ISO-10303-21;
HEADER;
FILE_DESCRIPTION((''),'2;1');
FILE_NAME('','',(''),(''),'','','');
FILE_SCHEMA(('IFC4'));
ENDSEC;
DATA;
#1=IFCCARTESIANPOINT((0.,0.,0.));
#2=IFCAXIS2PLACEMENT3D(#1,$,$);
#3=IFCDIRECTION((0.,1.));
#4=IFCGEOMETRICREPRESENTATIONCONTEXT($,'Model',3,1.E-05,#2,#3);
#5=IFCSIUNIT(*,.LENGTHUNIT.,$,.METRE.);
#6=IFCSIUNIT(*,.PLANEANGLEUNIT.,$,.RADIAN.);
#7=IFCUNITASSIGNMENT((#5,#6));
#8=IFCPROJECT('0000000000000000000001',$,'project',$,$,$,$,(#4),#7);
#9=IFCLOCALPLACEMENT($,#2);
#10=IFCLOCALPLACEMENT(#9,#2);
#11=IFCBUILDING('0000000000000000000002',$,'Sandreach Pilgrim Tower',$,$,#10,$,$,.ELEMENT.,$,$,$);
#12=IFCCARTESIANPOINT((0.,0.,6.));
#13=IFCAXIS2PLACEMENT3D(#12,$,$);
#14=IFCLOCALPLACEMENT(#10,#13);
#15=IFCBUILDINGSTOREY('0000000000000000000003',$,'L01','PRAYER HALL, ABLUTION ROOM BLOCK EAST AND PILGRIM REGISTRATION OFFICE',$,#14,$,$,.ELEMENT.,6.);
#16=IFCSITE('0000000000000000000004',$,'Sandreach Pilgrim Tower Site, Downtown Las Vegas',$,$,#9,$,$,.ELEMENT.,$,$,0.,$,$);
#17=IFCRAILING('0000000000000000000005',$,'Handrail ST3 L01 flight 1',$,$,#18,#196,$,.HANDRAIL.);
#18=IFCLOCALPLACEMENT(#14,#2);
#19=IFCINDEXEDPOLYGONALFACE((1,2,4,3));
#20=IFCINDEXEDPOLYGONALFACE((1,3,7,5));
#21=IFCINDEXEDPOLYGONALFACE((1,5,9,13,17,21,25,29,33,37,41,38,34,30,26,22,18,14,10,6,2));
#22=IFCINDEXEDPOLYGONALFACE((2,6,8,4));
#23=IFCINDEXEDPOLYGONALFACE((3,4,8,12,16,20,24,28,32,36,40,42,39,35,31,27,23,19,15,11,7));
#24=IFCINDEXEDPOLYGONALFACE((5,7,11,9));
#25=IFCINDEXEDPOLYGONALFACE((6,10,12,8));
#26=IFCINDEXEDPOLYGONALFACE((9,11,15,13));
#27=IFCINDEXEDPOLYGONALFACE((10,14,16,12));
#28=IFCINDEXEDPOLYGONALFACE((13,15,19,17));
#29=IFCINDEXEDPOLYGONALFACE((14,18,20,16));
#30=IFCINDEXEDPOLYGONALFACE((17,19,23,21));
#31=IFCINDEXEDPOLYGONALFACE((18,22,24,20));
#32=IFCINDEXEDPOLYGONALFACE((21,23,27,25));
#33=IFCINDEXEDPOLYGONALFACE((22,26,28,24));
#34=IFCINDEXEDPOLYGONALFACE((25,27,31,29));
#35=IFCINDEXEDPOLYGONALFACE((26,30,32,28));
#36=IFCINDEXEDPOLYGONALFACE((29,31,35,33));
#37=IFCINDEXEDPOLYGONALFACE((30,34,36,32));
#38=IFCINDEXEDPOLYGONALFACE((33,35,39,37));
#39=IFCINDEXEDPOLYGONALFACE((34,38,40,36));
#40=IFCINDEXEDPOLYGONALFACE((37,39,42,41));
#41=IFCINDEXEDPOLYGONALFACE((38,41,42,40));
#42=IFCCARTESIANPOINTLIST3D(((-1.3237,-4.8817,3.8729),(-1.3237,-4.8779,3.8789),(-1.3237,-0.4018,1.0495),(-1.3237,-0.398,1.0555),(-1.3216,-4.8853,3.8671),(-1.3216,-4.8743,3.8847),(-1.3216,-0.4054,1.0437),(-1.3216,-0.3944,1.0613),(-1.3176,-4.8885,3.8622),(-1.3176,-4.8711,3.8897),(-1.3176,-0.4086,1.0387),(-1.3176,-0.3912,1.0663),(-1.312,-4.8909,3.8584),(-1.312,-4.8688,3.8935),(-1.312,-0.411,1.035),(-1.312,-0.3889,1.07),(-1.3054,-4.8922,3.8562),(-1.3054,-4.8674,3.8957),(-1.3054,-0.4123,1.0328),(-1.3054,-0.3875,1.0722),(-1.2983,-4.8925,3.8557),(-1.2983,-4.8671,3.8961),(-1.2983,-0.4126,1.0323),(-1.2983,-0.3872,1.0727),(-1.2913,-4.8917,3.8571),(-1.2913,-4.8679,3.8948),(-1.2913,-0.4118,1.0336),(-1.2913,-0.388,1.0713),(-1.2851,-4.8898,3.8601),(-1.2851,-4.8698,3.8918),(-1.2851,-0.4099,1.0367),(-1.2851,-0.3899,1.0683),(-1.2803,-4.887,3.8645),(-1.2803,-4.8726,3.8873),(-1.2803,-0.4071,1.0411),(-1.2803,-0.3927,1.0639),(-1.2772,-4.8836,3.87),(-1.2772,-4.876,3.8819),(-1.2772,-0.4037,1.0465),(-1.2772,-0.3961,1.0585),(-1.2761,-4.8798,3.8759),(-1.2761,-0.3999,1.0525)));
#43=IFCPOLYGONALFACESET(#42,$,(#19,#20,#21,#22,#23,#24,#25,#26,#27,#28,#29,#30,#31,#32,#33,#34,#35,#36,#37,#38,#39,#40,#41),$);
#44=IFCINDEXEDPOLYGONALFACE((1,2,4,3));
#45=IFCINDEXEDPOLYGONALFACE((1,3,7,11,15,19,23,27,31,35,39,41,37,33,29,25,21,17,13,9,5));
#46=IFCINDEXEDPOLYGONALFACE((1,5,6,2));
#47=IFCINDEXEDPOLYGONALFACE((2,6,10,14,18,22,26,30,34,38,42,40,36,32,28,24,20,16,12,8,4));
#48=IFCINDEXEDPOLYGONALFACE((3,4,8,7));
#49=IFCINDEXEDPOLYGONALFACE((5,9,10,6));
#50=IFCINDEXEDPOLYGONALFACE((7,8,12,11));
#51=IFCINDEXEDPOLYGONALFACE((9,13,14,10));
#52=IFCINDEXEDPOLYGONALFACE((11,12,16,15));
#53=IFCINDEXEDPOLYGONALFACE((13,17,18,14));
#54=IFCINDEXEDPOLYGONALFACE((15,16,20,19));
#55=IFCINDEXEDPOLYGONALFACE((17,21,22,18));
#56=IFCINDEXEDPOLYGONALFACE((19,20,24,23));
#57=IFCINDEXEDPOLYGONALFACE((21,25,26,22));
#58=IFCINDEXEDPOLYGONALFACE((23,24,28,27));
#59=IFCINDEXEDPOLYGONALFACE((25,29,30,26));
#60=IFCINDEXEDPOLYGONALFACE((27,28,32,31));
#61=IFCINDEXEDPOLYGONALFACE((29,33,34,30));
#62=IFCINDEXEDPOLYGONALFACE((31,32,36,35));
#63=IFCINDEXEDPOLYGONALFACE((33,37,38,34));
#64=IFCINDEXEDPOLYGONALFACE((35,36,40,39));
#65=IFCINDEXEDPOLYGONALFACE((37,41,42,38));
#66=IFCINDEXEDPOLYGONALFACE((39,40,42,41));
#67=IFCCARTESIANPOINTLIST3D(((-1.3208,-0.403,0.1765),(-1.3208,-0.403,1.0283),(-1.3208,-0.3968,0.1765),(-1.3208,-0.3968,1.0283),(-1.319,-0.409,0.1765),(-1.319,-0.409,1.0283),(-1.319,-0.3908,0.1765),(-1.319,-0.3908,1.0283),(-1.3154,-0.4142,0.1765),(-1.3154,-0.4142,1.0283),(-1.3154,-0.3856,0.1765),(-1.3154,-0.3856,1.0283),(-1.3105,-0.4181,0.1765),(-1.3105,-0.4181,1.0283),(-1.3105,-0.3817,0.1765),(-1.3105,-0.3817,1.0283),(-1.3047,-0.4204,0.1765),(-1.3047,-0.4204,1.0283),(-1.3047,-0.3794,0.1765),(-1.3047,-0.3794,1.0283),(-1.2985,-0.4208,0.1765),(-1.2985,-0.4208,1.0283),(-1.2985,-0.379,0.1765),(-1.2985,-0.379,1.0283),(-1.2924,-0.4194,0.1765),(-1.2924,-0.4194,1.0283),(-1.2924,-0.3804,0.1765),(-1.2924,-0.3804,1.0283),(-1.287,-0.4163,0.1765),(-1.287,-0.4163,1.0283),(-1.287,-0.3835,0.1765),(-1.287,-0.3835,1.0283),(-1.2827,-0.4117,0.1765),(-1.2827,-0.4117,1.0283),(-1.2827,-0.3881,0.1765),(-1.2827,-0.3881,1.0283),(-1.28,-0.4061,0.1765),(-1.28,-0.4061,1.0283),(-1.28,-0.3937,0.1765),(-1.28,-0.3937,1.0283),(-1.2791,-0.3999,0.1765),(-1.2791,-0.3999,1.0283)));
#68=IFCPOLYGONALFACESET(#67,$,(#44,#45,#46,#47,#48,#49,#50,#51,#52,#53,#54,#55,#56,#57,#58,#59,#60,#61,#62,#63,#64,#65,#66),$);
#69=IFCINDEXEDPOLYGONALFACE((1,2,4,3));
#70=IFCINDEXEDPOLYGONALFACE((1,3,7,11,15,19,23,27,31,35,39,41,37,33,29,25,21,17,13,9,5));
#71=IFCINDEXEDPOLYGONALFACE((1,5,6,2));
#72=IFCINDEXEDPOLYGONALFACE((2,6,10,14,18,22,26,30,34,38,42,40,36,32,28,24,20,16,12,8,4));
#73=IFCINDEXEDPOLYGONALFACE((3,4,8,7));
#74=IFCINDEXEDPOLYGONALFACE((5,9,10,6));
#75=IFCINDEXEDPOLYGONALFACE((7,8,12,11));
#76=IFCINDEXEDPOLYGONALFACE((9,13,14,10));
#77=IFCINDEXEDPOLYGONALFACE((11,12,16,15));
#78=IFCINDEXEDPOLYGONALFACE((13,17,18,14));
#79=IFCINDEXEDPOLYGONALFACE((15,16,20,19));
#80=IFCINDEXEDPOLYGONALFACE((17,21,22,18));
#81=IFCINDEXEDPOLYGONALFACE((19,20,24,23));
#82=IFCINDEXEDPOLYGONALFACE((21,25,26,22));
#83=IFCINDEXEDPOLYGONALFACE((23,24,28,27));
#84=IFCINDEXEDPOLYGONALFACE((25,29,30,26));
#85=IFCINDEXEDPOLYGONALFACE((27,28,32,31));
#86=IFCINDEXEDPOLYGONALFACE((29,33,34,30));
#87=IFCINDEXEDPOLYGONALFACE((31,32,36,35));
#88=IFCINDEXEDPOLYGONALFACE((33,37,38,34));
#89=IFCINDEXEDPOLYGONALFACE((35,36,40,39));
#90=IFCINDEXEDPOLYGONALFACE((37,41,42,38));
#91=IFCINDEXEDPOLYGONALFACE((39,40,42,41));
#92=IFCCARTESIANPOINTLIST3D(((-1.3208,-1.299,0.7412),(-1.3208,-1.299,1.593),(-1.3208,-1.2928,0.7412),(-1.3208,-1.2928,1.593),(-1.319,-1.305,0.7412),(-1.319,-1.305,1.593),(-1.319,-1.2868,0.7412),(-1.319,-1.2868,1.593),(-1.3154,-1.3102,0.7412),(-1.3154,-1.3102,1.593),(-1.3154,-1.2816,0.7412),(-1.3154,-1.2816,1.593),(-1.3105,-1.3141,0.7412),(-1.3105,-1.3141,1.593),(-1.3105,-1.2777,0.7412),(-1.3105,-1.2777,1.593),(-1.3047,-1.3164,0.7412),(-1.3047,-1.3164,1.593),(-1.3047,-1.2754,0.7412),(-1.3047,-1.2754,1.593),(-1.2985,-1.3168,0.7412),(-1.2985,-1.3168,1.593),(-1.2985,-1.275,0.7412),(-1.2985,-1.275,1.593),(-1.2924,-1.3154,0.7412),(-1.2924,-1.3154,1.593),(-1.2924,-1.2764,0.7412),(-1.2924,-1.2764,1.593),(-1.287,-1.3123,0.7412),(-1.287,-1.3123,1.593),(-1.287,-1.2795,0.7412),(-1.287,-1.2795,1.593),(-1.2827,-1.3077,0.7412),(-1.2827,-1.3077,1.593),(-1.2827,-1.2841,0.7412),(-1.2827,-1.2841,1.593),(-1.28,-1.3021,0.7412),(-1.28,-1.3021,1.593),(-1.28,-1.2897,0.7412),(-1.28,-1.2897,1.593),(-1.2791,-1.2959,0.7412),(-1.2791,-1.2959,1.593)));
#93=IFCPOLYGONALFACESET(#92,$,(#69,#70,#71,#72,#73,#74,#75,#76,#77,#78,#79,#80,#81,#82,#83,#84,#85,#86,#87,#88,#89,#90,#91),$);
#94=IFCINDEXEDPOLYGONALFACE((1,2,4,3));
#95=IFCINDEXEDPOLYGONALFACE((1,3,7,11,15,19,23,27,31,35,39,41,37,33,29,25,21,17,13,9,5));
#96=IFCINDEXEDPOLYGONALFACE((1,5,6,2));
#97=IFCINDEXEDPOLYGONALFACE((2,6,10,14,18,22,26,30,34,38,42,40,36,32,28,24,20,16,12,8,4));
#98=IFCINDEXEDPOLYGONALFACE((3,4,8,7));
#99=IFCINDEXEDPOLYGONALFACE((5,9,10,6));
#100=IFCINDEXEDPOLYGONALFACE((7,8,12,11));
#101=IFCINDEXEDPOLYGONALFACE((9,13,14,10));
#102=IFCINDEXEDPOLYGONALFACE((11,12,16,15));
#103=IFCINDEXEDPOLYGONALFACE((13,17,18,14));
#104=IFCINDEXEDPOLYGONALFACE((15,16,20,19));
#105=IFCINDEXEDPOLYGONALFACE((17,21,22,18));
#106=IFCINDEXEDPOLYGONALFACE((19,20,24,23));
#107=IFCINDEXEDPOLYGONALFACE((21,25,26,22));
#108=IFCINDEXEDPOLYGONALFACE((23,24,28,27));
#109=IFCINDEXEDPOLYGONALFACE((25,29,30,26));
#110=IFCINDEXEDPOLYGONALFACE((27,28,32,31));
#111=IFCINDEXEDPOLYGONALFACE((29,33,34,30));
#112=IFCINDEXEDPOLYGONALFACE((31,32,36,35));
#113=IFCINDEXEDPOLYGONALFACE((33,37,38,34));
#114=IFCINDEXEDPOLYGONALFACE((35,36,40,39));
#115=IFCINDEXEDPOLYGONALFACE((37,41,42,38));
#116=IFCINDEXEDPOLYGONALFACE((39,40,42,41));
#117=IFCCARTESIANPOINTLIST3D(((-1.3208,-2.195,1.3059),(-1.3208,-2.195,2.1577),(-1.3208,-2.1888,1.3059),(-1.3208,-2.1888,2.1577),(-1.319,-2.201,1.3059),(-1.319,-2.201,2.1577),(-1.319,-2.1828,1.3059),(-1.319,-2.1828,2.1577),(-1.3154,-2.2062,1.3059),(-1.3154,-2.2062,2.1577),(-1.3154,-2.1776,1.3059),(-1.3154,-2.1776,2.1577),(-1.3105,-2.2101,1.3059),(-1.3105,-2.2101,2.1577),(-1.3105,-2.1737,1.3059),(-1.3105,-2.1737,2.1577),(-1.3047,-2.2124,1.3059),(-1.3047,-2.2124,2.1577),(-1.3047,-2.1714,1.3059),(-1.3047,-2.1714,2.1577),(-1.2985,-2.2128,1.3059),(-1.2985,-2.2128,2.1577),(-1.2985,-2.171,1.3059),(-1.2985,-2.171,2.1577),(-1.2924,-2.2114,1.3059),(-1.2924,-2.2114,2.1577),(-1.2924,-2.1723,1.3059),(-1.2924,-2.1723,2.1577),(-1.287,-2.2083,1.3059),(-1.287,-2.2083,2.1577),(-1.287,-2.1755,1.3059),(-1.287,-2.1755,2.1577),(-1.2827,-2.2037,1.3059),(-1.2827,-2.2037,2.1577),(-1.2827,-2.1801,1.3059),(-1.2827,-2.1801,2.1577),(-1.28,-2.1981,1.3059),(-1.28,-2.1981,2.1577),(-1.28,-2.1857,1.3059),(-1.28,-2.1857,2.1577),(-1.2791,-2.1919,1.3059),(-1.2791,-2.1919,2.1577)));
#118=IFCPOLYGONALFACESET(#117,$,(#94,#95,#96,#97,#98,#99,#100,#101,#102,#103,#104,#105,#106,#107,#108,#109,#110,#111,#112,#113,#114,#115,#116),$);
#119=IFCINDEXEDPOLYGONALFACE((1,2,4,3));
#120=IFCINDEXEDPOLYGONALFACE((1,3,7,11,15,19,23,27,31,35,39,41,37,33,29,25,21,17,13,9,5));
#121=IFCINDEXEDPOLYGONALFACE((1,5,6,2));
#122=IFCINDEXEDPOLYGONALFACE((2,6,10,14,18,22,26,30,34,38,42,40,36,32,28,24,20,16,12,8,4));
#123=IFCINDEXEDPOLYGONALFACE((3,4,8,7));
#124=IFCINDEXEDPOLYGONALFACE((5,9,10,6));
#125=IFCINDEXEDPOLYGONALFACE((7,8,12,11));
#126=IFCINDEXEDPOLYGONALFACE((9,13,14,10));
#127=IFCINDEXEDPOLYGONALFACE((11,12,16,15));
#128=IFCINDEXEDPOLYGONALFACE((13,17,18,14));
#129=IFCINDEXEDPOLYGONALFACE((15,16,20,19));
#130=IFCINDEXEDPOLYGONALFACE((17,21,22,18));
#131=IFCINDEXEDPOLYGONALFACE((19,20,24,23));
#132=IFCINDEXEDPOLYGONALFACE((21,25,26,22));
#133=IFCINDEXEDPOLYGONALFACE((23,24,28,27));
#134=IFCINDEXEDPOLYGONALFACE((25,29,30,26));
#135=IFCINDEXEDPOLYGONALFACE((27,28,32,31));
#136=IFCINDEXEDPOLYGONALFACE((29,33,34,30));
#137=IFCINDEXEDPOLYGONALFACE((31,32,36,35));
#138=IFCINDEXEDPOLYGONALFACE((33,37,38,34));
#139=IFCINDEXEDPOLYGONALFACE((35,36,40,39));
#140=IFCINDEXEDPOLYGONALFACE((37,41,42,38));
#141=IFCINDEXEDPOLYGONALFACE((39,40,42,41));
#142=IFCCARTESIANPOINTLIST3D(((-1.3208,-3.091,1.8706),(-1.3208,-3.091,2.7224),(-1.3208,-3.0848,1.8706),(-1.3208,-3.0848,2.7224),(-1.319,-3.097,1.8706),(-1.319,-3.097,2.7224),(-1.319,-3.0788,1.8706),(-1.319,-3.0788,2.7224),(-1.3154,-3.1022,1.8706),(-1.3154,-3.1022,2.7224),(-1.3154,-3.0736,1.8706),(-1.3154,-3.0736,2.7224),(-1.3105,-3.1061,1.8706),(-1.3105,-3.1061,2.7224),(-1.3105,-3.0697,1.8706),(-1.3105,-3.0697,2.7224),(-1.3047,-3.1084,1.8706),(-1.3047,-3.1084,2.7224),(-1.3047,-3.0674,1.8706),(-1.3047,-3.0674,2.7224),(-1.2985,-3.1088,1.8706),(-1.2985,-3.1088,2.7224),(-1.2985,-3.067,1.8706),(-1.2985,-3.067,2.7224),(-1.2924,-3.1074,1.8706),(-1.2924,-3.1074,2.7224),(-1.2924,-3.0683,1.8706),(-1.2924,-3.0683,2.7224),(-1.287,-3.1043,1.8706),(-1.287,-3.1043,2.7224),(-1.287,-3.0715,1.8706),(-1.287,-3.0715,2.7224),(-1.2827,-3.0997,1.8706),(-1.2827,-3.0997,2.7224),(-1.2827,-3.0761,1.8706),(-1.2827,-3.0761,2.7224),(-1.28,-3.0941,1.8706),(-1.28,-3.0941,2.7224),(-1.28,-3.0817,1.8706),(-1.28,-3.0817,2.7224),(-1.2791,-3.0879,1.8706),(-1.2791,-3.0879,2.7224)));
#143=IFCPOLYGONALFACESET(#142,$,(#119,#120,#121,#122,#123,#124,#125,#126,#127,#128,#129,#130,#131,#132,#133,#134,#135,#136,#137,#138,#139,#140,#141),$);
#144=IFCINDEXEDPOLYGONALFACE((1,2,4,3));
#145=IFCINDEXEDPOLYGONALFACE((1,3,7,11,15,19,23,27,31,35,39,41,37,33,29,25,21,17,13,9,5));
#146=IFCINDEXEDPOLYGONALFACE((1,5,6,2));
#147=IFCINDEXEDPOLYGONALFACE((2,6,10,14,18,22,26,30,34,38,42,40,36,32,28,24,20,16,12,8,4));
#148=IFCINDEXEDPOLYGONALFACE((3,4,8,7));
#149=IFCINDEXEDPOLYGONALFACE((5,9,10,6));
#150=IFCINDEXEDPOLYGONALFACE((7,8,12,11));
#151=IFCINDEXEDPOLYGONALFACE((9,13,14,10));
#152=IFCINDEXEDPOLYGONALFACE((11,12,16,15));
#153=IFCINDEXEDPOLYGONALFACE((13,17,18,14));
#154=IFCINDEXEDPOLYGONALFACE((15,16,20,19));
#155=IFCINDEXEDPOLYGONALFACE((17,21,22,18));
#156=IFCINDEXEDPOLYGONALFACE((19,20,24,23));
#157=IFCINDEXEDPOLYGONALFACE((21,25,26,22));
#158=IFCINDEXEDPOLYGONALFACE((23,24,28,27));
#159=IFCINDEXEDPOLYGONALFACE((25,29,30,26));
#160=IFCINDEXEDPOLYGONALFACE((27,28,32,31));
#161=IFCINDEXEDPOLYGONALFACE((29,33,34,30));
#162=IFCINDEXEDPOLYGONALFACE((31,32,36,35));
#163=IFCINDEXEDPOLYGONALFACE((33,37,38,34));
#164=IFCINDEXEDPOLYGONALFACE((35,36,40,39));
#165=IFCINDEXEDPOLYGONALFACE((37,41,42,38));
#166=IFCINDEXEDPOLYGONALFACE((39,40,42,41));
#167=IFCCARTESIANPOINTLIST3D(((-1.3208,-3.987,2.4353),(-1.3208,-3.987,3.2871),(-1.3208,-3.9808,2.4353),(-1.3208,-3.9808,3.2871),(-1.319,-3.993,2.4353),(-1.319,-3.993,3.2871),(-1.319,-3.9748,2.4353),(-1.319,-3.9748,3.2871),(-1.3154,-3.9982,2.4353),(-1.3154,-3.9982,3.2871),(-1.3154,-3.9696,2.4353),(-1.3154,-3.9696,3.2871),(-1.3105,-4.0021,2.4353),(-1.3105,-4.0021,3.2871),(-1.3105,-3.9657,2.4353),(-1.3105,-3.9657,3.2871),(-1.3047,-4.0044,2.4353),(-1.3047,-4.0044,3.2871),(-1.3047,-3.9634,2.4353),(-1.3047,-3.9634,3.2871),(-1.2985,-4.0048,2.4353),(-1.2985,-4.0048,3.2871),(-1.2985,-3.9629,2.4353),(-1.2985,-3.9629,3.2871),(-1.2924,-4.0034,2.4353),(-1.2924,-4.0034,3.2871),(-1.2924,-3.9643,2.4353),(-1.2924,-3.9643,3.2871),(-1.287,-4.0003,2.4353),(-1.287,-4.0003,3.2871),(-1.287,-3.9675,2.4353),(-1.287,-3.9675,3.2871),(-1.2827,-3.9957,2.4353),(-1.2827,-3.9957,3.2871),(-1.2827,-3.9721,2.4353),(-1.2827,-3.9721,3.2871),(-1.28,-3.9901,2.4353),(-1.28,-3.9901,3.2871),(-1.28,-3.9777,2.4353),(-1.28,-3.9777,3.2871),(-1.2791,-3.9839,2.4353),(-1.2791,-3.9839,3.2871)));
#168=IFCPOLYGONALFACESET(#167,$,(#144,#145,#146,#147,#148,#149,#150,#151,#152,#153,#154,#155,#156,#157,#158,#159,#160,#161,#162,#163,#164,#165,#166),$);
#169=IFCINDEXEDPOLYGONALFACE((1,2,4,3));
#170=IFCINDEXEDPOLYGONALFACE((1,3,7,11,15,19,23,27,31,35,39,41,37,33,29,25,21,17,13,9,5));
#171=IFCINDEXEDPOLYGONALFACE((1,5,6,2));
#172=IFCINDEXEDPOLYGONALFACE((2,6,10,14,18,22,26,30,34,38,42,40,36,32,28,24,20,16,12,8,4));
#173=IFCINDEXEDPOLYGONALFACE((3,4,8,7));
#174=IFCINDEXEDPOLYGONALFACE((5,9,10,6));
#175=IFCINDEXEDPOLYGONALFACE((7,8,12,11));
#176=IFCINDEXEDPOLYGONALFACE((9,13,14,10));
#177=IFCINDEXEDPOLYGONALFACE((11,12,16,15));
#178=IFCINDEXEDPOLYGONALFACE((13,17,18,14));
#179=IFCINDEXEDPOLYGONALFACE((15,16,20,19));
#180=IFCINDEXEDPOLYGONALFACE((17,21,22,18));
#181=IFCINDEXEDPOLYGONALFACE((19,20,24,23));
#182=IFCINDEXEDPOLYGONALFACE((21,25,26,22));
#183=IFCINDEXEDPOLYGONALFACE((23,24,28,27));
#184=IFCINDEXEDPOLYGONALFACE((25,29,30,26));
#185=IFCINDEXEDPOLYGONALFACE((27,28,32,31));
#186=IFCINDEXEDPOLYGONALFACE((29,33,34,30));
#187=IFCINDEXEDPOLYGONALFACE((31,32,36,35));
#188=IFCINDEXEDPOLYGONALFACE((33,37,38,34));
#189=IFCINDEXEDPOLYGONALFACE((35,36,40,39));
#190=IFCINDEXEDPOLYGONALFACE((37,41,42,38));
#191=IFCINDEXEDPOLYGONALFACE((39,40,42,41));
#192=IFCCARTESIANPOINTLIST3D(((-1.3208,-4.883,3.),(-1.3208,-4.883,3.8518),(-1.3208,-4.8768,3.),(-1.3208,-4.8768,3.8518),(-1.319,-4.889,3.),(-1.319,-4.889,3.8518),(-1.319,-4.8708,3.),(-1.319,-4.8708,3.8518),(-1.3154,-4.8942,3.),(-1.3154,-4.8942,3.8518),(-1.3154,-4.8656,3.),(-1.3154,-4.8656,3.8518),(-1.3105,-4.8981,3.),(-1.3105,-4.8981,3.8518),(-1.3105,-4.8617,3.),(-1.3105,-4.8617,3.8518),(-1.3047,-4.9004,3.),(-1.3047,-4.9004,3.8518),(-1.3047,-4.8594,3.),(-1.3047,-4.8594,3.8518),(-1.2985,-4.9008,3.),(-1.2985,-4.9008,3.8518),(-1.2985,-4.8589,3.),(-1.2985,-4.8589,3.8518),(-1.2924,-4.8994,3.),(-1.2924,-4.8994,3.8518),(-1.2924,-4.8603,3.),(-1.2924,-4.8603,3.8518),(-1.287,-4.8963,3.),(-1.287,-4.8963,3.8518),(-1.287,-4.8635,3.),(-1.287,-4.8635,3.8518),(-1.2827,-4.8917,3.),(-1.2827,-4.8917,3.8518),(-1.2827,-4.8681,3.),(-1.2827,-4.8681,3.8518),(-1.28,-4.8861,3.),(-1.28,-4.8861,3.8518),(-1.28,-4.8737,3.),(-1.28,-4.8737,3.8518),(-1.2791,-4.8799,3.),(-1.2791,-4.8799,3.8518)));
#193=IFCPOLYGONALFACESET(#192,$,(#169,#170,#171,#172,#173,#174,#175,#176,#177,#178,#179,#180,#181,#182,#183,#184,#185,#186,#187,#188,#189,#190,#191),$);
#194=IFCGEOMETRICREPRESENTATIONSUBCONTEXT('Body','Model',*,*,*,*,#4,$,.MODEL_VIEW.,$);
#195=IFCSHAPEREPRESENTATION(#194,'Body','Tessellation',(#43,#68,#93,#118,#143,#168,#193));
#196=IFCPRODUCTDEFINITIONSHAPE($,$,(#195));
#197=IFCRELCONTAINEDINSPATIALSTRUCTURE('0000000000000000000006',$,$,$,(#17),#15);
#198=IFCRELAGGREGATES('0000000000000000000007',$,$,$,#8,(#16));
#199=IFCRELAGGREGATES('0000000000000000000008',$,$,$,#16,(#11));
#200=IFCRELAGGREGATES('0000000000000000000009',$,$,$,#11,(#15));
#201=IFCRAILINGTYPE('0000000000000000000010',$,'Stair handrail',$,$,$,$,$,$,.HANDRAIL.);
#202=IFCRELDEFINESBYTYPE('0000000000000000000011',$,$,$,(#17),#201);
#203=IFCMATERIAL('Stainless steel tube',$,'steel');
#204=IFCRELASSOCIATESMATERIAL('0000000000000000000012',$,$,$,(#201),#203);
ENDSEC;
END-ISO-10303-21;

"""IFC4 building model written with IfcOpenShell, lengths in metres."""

from ifc_helpers import new_model, si_unit, direction, frame, origin, origin_2d, place, context, subcontext, project, spatial, circle, extrude, material, type_object, element, save


model = new_model("IFC4")

# Units and contexts
model_context = context("Model", 3, precision=1e-05, world=origin(), true_north=direction((0.0, 1.0)))
body_context = subcontext(model_context, "Body", "Model", "MODEL_VIEW")
ifc_project = project(units=[si_unit("LENGTHUNIT", "METRE"), si_unit("PLANEANGLEUNIT", "RADIAN")], contexts=[model_context])

# Site, building, storey
site_placement = place(None, origin())
site = spatial("IfcSite", under=ifc_project, at=site_placement, Name="Sandreach Pilgrim Tower Site, Downtown Las Vegas", CompositionType="ELEMENT", RefElevation=0.0)
building_placement = place(site_placement, origin())
building = spatial("IfcBuilding", under=site, at=building_placement, Name="Sandreach Pilgrim Tower", CompositionType="ELEMENT")
storey_placement = place(building_placement, frame((0.0, 0.0, 6.0)))
storey = spatial("IfcBuildingStorey", under=building, at=storey_placement, Name="L01", Description="PRAYER HALL, ABLUTION ROOM BLOCK EAST AND PILGRIM REGISTRATION OFFICE", CompositionType="ELEMENT", Elevation=6.0)

# Railing
ifc_material_1 = material(Name="Stainless steel tube", Category="steel")
railing_type = type_object("IfcRailingType", Name="Stair handrail", PredefinedType="HANDRAIL", material=ifc_material_1)
for number, where, name in (
    (1, (-1.3, -0.3999, 0.1765), "Handrail ST3 L01 flight 1"),
):
    element("IfcRailing", number, at=place(storey_placement, frame(where)), inside=storey, type_object=railing_type, Name=name, PredefinedType="HANDRAIL", context=body_context, shape_type="SweptSolid", body=[
        extrude(circle(Radius=0.0239, at=origin_2d()), frame((0.0, 0.0, 0.876), z_axis=(0.0, -0.845998, 0.533186), x_axis=(1.0, 0.0, 0.0)), (0.0, 0.0, 1.0), 5.2954),
        extrude(circle(Radius=0.021, at=origin_2d()), origin(), (0.0, 0.0, 1.0), 0.8518),
        extrude(circle(Radius=0.021, at=origin_2d()), frame((0.0, -0.896, 0.5647)), (0.0, 0.0, 1.0), 0.8518),
        extrude(circle(Radius=0.021, at=origin_2d()), frame((0.0, -1.792, 1.1294)), (0.0, 0.0, 1.0), 0.8518),
        extrude(circle(Radius=0.021, at=origin_2d()), frame((0.0, -2.688, 1.6941)), (0.0, 0.0, 1.0), 0.8518),
        extrude(circle(Radius=0.021, at=origin_2d()), frame((0.0, -3.584, 2.2588)), (0.0, 0.0, 1.0), 0.8518),
        extrude(circle(Radius=0.021, at=origin_2d()), frame((0.0, -4.48, 2.8235)), (0.0, 0.0, 1.0), 0.8518),
    ])

save(model, "model.ifc")
